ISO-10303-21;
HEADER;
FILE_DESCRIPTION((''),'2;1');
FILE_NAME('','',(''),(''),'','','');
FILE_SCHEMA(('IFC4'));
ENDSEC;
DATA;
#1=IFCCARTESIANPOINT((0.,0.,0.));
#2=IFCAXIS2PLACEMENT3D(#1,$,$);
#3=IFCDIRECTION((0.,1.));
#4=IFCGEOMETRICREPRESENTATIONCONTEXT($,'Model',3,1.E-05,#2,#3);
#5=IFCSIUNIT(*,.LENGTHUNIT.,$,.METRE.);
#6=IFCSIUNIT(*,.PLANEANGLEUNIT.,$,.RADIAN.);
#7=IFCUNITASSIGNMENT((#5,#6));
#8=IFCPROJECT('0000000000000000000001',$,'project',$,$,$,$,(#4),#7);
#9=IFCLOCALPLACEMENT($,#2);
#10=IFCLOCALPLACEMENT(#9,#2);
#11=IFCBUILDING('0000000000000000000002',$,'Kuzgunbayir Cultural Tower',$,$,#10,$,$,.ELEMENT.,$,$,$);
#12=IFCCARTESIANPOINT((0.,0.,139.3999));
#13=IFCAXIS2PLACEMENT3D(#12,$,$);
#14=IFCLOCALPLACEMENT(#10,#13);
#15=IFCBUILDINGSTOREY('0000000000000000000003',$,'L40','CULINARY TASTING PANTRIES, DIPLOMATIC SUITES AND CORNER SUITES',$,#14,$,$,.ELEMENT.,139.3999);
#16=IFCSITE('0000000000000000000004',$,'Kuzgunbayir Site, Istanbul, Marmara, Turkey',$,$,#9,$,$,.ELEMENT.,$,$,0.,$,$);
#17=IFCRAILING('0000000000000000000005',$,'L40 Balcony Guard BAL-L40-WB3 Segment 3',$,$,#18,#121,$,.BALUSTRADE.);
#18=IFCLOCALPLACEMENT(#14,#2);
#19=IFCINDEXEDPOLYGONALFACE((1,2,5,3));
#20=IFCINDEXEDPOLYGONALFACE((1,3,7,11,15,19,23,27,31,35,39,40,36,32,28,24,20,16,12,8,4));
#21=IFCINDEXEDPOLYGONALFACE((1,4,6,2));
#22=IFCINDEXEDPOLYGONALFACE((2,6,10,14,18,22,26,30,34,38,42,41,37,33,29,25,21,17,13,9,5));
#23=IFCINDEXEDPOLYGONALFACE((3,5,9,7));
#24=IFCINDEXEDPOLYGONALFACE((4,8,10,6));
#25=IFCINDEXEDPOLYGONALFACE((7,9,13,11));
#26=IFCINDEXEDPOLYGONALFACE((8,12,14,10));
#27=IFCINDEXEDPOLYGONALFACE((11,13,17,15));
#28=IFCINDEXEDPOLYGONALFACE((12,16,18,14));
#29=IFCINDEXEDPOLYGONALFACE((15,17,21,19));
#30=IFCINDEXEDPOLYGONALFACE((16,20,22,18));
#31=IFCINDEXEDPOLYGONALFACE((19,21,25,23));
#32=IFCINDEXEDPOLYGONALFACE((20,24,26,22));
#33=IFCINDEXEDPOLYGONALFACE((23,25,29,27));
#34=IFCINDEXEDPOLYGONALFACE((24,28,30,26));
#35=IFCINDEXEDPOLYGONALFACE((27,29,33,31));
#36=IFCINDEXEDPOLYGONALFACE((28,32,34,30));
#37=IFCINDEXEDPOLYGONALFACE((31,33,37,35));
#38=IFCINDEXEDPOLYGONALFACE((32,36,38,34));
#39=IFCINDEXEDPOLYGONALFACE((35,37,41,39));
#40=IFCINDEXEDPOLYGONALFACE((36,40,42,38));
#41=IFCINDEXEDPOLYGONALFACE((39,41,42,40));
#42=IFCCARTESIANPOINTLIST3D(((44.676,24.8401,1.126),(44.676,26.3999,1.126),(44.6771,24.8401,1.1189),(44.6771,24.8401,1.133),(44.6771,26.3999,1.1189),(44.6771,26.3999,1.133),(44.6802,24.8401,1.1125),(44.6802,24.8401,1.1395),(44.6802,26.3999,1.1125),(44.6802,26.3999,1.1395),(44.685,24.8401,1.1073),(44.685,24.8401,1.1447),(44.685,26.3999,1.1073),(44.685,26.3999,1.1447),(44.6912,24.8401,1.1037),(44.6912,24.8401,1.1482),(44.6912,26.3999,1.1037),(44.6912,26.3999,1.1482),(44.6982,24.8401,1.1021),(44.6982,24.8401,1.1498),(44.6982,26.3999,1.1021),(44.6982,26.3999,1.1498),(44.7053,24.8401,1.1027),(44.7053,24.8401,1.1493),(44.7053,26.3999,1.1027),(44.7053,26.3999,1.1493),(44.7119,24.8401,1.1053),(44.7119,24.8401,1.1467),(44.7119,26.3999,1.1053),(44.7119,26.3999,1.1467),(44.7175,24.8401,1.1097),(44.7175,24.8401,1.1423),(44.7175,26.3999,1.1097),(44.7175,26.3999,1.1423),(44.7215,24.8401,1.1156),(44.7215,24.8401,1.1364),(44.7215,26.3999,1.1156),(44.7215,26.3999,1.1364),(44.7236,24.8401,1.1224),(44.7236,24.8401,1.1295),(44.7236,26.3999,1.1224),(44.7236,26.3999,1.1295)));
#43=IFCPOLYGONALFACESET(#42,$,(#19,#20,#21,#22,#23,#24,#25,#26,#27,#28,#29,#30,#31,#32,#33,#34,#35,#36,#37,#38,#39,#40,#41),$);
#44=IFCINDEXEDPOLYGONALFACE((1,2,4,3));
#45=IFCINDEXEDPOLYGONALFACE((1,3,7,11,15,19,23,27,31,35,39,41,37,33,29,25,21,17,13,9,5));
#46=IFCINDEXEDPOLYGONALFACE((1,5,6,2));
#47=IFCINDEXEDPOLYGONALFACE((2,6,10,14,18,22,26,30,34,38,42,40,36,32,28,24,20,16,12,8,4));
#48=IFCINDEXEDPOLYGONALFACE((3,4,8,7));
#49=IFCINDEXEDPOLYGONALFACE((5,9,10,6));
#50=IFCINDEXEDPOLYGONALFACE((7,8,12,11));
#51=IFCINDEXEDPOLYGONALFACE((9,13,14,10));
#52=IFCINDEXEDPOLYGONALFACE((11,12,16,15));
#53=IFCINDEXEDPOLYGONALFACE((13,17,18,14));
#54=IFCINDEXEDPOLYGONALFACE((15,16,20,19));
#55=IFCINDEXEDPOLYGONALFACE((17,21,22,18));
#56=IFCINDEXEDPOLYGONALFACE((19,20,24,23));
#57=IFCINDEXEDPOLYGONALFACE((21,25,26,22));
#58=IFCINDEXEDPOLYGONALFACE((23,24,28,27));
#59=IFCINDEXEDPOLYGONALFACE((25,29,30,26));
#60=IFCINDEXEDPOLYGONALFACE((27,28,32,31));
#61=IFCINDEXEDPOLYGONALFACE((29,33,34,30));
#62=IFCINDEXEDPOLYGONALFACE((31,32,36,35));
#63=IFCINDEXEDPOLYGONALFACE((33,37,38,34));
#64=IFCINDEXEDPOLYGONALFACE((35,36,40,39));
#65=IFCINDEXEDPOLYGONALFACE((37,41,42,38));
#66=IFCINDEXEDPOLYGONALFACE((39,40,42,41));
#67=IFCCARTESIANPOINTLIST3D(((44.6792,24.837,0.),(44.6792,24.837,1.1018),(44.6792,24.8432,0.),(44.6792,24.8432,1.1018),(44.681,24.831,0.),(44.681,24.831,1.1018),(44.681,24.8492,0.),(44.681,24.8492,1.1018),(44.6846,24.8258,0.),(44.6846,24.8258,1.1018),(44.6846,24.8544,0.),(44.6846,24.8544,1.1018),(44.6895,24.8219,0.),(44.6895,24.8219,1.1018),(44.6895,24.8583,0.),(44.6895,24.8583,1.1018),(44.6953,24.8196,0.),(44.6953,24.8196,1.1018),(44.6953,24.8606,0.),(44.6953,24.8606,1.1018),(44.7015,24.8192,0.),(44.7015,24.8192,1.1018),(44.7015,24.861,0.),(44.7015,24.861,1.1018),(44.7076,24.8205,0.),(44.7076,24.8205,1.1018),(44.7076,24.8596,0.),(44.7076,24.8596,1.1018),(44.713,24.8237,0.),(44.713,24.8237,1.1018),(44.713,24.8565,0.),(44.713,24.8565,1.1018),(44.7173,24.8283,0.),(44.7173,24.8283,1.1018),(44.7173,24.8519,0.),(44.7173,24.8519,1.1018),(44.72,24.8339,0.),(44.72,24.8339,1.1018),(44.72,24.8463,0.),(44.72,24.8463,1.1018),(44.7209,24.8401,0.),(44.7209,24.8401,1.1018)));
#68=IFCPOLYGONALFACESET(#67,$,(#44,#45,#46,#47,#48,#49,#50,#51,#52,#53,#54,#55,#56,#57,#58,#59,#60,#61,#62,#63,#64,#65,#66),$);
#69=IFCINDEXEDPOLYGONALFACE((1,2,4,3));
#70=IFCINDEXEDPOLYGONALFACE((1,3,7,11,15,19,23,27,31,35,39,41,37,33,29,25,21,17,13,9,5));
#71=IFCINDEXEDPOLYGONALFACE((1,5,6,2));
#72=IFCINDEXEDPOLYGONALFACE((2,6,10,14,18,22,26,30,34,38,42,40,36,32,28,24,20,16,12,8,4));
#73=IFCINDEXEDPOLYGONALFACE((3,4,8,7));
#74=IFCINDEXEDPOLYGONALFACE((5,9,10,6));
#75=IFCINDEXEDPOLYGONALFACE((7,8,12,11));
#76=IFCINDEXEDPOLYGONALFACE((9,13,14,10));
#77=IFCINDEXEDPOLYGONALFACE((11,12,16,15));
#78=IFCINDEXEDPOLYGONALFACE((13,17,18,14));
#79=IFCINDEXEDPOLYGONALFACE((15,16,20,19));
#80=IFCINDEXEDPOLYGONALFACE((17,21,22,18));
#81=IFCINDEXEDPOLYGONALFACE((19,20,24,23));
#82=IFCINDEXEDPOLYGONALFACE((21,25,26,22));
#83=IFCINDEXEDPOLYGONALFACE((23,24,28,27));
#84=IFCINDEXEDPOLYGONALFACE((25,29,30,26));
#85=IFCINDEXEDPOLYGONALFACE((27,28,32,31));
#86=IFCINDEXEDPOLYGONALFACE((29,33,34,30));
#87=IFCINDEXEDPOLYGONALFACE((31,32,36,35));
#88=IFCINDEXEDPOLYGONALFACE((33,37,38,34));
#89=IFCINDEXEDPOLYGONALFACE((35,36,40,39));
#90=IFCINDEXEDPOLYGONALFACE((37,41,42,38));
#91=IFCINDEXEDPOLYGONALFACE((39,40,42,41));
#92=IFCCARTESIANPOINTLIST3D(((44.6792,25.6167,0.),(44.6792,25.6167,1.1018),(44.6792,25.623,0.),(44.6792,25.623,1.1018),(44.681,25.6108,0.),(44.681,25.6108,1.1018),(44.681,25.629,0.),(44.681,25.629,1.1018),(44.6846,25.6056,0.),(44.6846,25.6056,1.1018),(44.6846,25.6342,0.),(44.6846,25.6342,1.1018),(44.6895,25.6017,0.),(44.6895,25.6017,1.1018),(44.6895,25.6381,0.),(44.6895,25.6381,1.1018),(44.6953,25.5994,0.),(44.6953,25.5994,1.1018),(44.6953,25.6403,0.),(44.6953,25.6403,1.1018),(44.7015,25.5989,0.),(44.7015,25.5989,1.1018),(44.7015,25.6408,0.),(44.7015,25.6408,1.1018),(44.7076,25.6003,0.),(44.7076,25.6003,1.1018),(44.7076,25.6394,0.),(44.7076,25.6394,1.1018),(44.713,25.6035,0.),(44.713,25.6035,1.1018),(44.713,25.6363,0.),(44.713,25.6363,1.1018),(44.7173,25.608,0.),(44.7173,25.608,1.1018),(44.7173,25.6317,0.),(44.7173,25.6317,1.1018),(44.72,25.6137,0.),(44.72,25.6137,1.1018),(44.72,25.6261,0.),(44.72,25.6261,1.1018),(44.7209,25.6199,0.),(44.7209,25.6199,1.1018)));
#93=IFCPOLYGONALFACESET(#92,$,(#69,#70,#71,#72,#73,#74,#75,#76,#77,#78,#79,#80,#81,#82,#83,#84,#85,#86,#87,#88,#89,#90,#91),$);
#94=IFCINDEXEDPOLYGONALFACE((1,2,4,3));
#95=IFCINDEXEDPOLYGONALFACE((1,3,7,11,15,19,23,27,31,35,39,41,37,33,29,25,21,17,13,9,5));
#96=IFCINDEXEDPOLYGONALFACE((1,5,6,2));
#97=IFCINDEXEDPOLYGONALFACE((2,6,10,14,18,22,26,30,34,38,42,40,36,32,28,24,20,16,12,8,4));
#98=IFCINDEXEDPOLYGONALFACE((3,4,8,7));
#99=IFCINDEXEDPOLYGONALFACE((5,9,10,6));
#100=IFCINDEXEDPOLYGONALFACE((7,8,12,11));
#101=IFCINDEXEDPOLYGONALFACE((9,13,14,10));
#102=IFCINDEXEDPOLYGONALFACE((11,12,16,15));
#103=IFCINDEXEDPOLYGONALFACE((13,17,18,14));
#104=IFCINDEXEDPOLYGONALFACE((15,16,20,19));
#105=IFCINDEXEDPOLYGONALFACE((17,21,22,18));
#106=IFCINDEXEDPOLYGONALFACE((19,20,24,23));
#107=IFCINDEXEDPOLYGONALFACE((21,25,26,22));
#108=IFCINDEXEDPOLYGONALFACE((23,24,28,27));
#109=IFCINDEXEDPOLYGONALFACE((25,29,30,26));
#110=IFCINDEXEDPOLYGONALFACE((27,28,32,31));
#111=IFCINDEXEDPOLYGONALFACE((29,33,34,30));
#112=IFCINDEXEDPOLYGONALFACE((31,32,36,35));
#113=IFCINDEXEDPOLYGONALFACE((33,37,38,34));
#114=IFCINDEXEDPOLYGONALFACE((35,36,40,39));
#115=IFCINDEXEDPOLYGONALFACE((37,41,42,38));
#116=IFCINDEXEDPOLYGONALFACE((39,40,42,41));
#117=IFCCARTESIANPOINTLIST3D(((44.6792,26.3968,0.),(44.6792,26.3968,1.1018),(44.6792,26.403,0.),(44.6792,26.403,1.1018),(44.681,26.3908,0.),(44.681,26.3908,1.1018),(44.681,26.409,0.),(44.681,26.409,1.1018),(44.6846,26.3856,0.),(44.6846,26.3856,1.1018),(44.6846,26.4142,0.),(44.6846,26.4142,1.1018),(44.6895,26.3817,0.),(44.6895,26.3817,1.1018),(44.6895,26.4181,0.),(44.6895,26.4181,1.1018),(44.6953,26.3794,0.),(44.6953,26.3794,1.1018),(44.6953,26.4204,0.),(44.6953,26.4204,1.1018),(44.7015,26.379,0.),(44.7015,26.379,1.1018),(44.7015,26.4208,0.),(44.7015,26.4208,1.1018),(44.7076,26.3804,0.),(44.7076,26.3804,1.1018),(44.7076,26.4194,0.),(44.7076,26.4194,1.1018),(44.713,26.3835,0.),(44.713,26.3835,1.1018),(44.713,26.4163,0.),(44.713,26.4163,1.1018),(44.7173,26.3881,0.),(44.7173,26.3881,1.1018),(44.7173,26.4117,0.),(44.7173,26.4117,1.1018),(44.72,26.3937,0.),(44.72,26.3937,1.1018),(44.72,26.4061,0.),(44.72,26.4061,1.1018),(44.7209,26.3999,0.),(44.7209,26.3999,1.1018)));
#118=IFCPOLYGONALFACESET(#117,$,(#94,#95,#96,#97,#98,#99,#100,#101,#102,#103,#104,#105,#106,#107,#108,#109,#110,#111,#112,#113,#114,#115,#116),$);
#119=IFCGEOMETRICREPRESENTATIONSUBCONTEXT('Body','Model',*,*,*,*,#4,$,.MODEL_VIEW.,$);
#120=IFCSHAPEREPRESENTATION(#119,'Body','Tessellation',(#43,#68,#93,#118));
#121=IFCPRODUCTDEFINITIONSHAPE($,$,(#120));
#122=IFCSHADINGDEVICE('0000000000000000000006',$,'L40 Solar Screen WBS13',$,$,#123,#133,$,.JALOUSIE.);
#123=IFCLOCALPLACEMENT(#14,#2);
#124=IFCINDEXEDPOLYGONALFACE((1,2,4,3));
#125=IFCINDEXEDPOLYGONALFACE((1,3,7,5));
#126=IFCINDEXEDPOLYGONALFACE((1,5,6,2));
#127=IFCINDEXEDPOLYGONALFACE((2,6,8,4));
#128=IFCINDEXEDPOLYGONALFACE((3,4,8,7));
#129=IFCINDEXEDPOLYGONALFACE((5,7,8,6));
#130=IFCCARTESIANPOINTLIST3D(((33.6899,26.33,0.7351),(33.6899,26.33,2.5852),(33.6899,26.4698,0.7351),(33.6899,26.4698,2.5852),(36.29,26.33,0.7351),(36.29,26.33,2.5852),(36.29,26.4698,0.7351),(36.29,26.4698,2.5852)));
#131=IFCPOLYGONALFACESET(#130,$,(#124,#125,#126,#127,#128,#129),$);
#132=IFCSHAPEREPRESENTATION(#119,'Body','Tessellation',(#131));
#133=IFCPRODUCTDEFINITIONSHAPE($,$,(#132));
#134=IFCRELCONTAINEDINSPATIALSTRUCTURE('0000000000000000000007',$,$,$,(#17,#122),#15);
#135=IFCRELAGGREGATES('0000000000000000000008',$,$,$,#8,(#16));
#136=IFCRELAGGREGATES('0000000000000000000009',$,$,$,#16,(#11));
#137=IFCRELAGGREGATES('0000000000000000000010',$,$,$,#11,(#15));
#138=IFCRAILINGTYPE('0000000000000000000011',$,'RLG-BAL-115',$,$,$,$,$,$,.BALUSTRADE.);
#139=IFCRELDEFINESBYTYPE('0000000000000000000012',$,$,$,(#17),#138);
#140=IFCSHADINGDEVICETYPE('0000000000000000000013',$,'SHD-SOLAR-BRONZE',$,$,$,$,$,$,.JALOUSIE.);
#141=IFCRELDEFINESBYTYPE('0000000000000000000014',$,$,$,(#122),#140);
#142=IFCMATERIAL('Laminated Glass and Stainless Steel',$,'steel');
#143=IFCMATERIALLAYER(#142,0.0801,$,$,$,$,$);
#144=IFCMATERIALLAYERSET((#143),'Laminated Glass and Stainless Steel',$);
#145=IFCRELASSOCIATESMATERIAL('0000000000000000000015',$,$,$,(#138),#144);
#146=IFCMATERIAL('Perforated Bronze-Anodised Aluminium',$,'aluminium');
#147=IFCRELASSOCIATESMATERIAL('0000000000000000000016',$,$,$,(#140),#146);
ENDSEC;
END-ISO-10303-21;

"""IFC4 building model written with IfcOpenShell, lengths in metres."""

from ifc_helpers import new_model, si_unit, direction, frame, origin, origin_2d, place, context, subcontext, project, spatial, rectangle, circle, extrude, material, layer, layer_set, type_object, element, save


model = new_model("IFC4")

# Units and contexts
model_context = context("Model", 3, precision=1e-05, world=origin(), true_north=direction((0.0, 1.0)))
body_context = subcontext(model_context, "Body", "Model", "MODEL_VIEW")
ifc_project = project(units=[si_unit("LENGTHUNIT", "METRE"), si_unit("PLANEANGLEUNIT", "RADIAN")], contexts=[model_context])

# Site, building, storey
site_placement = place(None, origin())
site = spatial("IfcSite", under=ifc_project, at=site_placement, Name="Kuzgunbayir Site, Istanbul, Marmara, Turkey", CompositionType="ELEMENT", RefElevation=0.0)
building_placement = place(site_placement, origin())
building = spatial("IfcBuilding", under=site, at=building_placement, Name="Kuzgunbayir Cultural Tower", CompositionType="ELEMENT")
storey_placement = place(building_placement, frame((0.0, 0.0, 139.3999)))
storey = spatial("IfcBuildingStorey", under=building, at=storey_placement, Name="L40", Description="CULINARY TASTING PANTRIES, DIPLOMATIC SUITES AND CORNER SUITES", CompositionType="ELEMENT", Elevation=139.3999)

# Railing
ifc_material_1 = material(Name="Laminated Glass and Stainless Steel", Category="steel")
ifc_layer_1 = layer(ifc_material_1, 0.0801)
ifc_layer_set_1 = layer_set([ifc_layer_1], Name="Laminated Glass and Stainless Steel")
railing_type = type_object("IfcRailingType", Name="RLG-BAL-115", PredefinedType="BALUSTRADE", material=ifc_layer_set_1)
railing_1_placement = place(storey_placement, frame((44.7, 24.8401, 0.0)))
element("IfcRailing", 1, at=railing_1_placement, inside=storey, type_object=railing_type, Name="L40 Balcony Guard BAL-L40-WB3 Segment 3", PredefinedType="BALUSTRADE", context=body_context, shape_type="SweptSolid", body=[
    extrude(circle(Radius=0.0239, at=origin_2d()), frame((0.0, 0.0, 1.126), z_axis=(0.0, 1.0, 0.0), x_axis=(-1.0, 0.0, 0.0)), (0.0, 0.0, 1.0), 1.5598),
    extrude(circle(Radius=0.021, at=origin_2d()), origin(), (0.0, 0.0, 1.0), 1.1018),
    extrude(circle(Radius=0.021, at=origin_2d()), frame((0.0, 0.7798, 0.0)), (0.0, 0.0, 1.0), 1.1018),
    extrude(circle(Radius=0.021, at=origin_2d()), frame((0.0, 1.5598, 0.0)), (0.0, 0.0, 1.0), 1.1018),
])

# Shading device
ifc_material_2 = material(Name="Perforated Bronze-Anodised Aluminium", Category="aluminium")
shading_device_type = type_object("IfcShadingDeviceType", Name="SHD-SOLAR-BRONZE", PredefinedType="JALOUSIE", material=ifc_material_2)
shading_device_placement = place(storey_placement, frame((34.99, 26.3999, 0.7351), z_axis=(0.0, 0.0, 1.0), x_axis=(1.0, 0.0, 0.0)))
element("IfcShadingDevice", 2, at=shading_device_placement, inside=storey, type_object=shading_device_type, Name="L40 Solar Screen WBS13", PredefinedType="JALOUSIE", context=body_context, shape_type="SweptSolid", body=[
    extrude(rectangle(XDim=2.6001, YDim=0.1399, at=origin_2d()), origin(), (0.0, 0.0, 1.0), 1.8501),
])

save(model, "model.ifc")
